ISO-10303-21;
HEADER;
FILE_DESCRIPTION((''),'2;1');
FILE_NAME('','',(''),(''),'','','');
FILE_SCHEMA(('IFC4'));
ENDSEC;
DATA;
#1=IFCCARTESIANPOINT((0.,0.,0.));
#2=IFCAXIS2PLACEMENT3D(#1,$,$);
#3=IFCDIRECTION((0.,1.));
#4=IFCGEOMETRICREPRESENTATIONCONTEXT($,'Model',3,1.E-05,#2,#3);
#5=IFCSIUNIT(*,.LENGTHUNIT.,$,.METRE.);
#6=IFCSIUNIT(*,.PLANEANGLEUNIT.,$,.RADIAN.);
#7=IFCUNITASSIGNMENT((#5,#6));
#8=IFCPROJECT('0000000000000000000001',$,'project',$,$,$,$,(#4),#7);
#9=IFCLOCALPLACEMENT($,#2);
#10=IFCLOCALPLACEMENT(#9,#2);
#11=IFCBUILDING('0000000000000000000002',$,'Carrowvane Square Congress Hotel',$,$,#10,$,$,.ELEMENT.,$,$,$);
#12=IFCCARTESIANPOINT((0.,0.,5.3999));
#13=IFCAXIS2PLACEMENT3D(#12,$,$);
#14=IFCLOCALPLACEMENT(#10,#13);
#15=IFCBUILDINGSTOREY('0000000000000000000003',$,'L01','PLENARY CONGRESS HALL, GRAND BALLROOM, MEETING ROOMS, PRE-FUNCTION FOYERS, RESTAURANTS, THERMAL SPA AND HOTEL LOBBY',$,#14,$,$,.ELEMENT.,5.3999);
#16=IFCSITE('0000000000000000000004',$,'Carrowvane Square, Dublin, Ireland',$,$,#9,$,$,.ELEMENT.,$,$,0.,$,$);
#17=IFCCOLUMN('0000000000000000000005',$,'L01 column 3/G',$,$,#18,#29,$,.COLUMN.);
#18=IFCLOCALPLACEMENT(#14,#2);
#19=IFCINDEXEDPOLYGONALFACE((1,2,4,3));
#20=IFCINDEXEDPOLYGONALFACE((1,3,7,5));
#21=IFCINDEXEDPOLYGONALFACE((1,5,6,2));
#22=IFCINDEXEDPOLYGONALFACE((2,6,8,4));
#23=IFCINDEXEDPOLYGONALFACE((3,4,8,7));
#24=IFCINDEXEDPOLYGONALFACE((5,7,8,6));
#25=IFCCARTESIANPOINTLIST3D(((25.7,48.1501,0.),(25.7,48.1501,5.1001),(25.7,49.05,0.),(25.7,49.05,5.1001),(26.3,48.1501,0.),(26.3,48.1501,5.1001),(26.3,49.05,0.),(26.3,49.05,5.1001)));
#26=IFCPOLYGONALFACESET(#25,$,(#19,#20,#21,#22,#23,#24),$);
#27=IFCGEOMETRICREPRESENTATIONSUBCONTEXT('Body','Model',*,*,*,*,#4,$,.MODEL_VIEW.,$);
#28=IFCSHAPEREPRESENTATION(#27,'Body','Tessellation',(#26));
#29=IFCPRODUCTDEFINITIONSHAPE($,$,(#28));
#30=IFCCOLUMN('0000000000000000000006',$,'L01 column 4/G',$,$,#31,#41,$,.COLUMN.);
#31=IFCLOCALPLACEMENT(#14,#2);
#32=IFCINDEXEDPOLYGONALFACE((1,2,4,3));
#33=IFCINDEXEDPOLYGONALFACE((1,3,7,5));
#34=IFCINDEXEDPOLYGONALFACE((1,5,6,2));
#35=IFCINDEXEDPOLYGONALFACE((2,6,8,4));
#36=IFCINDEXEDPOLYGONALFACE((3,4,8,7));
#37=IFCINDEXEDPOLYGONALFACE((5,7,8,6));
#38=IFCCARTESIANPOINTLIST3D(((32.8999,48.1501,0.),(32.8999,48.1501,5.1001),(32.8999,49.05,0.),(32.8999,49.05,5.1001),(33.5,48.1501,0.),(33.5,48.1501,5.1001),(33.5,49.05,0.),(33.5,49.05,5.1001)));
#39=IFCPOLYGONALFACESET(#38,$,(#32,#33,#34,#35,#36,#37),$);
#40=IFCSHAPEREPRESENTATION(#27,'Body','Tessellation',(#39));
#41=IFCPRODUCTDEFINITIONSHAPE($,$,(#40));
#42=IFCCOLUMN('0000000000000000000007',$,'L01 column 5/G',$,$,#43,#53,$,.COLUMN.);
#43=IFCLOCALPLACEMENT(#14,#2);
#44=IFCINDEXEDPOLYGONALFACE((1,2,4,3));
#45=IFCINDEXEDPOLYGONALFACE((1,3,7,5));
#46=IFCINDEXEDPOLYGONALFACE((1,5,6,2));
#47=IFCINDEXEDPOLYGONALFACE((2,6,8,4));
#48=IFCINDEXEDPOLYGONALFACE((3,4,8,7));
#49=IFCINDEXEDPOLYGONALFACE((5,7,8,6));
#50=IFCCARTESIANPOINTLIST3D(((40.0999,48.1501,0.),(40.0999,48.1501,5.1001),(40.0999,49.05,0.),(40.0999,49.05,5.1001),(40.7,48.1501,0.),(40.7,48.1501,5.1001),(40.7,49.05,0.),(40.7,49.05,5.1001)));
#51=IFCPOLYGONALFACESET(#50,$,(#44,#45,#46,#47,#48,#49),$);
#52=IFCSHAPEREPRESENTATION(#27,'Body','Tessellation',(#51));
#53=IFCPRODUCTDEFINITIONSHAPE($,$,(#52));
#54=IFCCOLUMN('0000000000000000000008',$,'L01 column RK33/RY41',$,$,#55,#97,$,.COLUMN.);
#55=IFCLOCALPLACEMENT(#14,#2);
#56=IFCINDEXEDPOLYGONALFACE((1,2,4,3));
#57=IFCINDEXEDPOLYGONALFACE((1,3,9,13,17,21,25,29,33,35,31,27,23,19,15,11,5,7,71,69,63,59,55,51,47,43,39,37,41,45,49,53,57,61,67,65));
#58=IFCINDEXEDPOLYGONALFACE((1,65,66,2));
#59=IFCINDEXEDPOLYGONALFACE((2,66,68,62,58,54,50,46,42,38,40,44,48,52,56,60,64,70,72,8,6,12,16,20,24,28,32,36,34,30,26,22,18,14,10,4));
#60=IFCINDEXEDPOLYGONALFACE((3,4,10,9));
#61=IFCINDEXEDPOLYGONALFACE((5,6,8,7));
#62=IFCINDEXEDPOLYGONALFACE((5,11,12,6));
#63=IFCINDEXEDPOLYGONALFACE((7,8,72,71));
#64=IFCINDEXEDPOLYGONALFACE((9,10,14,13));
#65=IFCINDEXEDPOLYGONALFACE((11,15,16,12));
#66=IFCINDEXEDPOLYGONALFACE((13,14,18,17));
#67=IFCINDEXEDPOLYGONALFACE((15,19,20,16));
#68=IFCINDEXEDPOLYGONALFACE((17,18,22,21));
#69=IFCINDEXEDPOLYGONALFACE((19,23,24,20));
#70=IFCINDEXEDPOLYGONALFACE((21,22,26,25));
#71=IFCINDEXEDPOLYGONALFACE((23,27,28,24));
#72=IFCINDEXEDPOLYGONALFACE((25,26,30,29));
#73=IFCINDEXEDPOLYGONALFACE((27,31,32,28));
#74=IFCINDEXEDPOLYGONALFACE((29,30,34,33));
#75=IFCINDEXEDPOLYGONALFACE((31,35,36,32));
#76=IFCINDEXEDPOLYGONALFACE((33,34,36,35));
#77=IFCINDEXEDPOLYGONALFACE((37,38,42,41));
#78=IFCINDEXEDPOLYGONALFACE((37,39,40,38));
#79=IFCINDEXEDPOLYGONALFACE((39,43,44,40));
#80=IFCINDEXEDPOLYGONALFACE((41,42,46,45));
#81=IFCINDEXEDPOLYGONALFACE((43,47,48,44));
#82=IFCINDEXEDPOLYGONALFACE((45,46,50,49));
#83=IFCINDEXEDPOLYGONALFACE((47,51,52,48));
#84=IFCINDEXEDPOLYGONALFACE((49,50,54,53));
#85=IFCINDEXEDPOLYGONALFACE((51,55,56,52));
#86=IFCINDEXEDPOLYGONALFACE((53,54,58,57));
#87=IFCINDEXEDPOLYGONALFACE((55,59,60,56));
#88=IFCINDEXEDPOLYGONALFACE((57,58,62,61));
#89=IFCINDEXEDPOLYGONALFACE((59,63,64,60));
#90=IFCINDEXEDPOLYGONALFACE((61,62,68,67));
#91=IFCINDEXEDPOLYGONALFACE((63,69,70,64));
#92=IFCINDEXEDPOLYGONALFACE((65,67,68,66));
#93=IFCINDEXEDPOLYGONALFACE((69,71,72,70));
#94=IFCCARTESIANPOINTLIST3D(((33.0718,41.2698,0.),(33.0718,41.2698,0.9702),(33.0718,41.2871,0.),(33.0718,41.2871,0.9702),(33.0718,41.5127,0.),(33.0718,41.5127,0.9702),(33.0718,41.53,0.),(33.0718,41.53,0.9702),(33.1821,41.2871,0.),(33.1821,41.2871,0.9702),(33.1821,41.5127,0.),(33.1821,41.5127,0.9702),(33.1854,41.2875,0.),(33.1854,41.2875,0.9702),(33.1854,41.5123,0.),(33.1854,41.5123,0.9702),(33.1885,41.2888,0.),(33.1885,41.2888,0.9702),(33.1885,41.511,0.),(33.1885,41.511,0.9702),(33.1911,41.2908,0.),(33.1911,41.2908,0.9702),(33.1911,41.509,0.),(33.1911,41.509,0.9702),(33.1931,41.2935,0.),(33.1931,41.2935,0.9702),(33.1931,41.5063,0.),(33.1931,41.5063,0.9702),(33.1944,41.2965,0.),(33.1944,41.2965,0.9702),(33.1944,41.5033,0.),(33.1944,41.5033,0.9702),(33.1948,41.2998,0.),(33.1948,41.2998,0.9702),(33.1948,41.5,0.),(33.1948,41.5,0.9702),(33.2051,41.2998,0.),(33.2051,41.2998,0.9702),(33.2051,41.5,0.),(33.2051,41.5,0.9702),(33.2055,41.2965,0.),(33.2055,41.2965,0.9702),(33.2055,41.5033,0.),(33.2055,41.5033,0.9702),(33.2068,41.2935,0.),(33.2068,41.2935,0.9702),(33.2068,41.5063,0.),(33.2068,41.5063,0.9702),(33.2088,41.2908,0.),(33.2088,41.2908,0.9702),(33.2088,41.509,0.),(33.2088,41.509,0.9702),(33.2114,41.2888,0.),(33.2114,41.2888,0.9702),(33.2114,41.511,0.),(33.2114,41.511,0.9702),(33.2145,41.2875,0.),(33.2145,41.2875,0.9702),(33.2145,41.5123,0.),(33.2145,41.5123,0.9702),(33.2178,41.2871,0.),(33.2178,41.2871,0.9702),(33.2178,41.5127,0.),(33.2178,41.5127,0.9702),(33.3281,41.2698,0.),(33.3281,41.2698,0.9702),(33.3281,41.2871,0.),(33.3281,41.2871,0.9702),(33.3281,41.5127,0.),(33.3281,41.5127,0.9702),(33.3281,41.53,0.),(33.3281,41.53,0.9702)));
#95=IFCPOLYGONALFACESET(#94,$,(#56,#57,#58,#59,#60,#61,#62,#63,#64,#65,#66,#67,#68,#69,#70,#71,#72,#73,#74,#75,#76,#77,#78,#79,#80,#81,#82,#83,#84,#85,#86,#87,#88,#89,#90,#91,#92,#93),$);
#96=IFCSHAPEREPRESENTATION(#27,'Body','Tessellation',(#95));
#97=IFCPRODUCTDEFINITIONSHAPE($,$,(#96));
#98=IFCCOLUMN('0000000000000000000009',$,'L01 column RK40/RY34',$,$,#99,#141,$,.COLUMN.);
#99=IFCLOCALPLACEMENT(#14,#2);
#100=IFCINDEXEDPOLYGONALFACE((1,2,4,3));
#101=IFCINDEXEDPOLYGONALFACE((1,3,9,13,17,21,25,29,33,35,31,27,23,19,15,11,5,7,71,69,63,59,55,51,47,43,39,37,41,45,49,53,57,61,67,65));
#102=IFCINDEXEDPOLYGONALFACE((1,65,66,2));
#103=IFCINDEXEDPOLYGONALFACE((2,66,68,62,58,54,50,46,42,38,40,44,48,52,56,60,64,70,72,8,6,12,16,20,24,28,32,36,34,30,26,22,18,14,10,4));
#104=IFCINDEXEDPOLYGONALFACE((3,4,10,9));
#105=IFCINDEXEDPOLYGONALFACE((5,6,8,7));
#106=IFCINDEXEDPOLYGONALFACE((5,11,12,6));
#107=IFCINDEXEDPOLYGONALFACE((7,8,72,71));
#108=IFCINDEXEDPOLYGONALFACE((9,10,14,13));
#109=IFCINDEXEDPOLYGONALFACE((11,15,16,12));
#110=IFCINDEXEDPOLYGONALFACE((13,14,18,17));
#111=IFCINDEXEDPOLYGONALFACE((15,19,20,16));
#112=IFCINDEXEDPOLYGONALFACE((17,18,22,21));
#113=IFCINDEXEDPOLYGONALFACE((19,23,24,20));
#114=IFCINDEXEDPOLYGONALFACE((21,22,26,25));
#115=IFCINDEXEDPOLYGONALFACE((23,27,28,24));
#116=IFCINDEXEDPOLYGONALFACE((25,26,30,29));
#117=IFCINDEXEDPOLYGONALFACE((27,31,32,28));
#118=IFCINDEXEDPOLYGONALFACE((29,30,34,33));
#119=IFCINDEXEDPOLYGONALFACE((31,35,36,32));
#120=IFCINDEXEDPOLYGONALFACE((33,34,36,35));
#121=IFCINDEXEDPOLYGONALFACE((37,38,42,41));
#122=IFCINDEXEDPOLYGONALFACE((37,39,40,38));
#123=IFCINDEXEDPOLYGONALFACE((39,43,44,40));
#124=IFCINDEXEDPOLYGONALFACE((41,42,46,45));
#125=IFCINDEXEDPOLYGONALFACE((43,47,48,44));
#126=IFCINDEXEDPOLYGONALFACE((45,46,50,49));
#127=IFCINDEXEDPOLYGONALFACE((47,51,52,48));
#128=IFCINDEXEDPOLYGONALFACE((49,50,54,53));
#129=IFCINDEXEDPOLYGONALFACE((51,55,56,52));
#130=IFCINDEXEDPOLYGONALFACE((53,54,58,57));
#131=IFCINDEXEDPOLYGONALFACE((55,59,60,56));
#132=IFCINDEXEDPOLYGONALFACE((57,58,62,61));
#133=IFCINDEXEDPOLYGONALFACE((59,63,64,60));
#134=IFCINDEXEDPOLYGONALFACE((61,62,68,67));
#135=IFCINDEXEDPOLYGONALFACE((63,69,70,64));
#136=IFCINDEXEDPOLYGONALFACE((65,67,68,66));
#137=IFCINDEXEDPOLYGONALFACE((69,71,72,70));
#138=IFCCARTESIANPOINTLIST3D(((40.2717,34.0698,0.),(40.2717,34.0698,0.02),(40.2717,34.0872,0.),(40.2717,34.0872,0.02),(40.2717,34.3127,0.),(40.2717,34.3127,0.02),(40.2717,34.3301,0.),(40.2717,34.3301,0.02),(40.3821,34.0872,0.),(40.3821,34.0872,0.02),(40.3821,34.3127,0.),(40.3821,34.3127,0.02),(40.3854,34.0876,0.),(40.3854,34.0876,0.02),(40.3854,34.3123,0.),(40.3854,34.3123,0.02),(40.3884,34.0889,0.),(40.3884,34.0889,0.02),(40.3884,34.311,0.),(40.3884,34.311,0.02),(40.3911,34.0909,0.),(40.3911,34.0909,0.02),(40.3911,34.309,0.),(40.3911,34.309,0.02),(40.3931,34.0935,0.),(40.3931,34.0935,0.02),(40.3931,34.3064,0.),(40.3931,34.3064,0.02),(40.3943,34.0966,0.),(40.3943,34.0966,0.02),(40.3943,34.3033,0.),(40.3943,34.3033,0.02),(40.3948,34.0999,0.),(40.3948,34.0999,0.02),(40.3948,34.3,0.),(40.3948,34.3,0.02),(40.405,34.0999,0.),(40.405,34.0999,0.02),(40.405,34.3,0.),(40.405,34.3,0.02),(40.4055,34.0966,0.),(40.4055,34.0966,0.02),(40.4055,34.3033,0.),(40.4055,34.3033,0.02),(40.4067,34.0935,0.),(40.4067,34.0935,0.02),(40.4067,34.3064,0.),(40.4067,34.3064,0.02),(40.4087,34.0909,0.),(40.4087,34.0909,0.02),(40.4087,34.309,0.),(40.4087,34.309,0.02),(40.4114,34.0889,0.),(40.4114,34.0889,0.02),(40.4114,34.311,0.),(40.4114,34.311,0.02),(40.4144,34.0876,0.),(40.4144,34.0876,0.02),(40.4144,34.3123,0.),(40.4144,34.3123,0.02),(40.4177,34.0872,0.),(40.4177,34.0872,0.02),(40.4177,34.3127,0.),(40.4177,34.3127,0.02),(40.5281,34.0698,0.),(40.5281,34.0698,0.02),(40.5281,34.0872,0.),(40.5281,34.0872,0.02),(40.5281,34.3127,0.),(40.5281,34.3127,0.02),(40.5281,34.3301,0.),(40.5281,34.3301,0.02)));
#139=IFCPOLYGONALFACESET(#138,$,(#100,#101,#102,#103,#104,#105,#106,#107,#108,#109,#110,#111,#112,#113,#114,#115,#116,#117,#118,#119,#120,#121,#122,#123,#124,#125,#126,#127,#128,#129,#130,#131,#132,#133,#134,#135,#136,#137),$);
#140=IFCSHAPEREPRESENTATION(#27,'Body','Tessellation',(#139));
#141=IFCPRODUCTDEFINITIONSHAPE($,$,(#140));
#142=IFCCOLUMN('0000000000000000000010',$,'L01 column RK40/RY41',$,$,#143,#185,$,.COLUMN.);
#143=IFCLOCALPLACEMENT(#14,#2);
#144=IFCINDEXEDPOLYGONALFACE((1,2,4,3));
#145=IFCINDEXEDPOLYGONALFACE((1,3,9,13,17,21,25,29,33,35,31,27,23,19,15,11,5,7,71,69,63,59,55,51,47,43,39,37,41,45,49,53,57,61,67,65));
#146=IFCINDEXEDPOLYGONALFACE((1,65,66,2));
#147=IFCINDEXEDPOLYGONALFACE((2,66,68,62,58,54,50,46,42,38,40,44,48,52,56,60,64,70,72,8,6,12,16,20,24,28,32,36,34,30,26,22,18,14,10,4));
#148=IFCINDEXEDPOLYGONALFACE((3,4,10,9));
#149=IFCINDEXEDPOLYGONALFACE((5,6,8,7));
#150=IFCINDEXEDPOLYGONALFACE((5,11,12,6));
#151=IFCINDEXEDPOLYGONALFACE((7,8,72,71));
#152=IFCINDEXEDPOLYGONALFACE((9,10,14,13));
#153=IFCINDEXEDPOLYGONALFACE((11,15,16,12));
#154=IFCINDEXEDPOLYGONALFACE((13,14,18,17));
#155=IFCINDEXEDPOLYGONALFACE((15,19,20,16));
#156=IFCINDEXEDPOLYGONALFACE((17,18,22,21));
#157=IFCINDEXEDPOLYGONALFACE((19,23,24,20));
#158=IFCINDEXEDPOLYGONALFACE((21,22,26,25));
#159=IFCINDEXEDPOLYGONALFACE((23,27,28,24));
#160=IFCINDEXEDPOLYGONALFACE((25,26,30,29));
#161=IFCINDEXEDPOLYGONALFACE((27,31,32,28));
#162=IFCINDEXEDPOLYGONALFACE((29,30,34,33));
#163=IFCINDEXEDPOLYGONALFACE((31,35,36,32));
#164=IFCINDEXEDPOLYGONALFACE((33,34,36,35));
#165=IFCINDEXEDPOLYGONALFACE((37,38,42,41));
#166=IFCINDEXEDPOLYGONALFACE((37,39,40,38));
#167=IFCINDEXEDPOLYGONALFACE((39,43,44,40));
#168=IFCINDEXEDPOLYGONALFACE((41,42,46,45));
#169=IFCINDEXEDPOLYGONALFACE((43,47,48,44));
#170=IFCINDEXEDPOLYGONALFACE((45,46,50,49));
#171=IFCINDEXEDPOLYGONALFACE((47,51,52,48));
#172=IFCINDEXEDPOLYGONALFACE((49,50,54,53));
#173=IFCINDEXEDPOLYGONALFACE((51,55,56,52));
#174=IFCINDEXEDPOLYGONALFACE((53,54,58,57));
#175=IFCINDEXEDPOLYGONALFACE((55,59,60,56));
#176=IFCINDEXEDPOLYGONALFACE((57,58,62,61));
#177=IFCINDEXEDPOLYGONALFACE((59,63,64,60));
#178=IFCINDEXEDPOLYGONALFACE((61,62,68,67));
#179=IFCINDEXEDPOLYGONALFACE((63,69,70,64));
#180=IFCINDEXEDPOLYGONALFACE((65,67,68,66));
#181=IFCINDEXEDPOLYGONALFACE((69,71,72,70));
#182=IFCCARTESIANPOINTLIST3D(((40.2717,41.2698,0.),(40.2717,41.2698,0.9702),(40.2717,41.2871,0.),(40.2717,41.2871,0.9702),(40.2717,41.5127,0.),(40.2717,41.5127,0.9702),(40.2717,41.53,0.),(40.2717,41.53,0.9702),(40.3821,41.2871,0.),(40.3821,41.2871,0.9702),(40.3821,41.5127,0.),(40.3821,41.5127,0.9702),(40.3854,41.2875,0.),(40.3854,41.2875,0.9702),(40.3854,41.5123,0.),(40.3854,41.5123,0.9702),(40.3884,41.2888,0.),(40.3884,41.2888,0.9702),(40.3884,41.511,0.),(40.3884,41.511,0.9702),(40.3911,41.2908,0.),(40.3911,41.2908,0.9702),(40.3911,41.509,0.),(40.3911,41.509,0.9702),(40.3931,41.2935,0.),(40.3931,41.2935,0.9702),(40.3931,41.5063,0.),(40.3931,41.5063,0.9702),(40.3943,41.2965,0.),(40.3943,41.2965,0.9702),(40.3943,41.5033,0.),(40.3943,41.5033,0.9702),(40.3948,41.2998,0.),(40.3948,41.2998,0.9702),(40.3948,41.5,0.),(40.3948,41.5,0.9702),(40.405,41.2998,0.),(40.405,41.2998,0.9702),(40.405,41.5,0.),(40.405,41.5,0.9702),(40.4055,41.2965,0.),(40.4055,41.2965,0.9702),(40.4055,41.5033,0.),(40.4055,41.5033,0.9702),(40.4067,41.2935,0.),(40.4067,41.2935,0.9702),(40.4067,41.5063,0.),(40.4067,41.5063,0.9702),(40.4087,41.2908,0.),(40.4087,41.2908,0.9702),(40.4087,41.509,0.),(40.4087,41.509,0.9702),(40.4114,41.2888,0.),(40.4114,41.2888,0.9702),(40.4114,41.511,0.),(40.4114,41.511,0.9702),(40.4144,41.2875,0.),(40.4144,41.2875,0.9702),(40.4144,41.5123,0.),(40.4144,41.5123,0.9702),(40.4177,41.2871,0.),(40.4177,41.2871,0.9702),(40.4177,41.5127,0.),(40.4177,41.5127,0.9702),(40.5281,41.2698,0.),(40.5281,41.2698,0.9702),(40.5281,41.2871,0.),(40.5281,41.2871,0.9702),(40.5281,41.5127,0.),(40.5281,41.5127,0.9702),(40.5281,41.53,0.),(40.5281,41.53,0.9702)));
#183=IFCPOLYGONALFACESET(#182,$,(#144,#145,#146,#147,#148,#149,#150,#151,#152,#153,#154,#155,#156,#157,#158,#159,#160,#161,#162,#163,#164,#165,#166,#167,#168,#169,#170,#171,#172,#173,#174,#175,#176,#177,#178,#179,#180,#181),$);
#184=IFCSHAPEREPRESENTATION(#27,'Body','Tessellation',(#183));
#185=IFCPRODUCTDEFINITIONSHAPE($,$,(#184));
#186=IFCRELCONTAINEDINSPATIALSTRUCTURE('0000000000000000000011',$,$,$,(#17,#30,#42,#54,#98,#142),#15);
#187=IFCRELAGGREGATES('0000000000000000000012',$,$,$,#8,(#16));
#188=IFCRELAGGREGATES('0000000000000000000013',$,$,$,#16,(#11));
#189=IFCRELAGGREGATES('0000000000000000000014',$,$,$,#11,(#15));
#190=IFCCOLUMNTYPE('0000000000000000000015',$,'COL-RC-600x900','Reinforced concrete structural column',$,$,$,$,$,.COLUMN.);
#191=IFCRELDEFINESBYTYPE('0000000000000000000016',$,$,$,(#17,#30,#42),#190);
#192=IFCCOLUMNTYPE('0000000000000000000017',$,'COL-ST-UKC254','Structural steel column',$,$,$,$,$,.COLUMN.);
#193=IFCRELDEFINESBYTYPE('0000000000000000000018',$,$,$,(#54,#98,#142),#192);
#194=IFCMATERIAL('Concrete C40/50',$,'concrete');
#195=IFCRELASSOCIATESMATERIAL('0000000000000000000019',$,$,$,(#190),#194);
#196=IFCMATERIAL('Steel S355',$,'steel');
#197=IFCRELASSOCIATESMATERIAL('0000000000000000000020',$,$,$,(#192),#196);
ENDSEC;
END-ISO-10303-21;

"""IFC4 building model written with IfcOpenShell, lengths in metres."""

from ifc_helpers import new_model, si_unit, direction, frame, origin, origin_2d, place, context, subcontext, project, spatial, rectangle, i_section, extrude, material, material_profile, profile_set, type_object, element, save


model = new_model("IFC4")

# Units and contexts
model_context = context("Model", 3, precision=1e-05, world=origin(), true_north=direction((0.0, 1.0)))
body_context = subcontext(model_context, "Body", "Model", "MODEL_VIEW")
ifc_project = project(units=[si_unit("LENGTHUNIT", "METRE"), si_unit("PLANEANGLEUNIT", "RADIAN")], contexts=[model_context])

# Site, building, storey
site_placement = place(None, origin())
site = spatial("IfcSite", under=ifc_project, at=site_placement, Name="Carrowvane Square, Dublin, Ireland", CompositionType="ELEMENT", RefElevation=0.0)
building_placement = place(site_placement, origin())
building = spatial("IfcBuilding", under=site, at=building_placement, Name="Carrowvane Square Congress Hotel", CompositionType="ELEMENT")
storey_placement = place(building_placement, frame((0.0, 0.0, 5.3999)))
storey = spatial("IfcBuildingStorey", under=building, at=storey_placement, Name="L01", Description="PLENARY CONGRESS HALL, GRAND BALLROOM, MEETING ROOMS, PRE-FUNCTION FOYERS, RESTAURANTS, THERMAL SPA AND HOTEL LOBBY", CompositionType="ELEMENT", Elevation=5.3999)

# Columns
ifc_material_1 = material(Name="Concrete C40/50", Category="concrete")
ifc_material_profile_1 = material_profile(ifc_material_1, rectangle(XDim=0.6001, YDim=0.8999, at=origin_2d()), Name="RC 600x900")
ifc_profile_set_1 = profile_set([ifc_material_profile_1], Name="Concrete C40/50")
column_type_1 = type_object("IfcColumnType", Name="COL-RC-600x900", Description="Reinforced concrete structural column", PredefinedType="COLUMN", material=ifc_profile_set_1)
for number, where, z_axis, x_axis, name in (
    (1, (26.0, 48.6001, 0.0), (0.0, 0.0, 1.0), (1.0, 0.0, 0.0), "L01 column 3/G"),
    (2, (33.2, 48.6001, 0.0), (0.0, 0.0, 1.0), (1.0, 0.0, 0.0), "L01 column 4/G"),
    (3, (40.3999, 48.6001, 0.0), (0.0, 0.0, 1.0), (1.0, 0.0, 0.0), "L01 column 5/G"),
):
    element("IfcColumn", number, at=place(storey_placement, frame(where, z_axis=z_axis, x_axis=x_axis)), inside=storey, type_object=column_type_1, Name=name, PredefinedType="COLUMN", context=body_context, shape_type="SweptSolid", body=[
        extrude(rectangle(XDim=0.6001, YDim=0.8999, at=origin_2d()), origin(), (0.0, 0.0, 1.0), 5.1001),
    ])
ifc_material_2 = material(Name="Steel S355", Category="steel")
ifc_material_profile_2 = material_profile(ifc_material_2, i_section(OverallWidth=0.2563, OverallDepth=0.2603, WebThickness=0.0103, FlangeThickness=0.0173, FilletRadius=0.0127, at=origin_2d()), Name="UKC 254x254x89")
ifc_profile_set_2 = profile_set([ifc_material_profile_2], Name="Steel S355")
column_type_2 = type_object("IfcColumnType", Name="COL-ST-UKC254", Description="Structural steel column", PredefinedType="COLUMN", material=ifc_profile_set_2)
column_1_placement = place(storey_placement, frame((33.2, 41.3999, 0.0), z_axis=(0.0, 0.0, 1.0), x_axis=(1.0, 0.0, 0.0)))
element("IfcColumn", 4, at=column_1_placement, inside=storey, type_object=column_type_2, Name="L01 column RK33/RY41", PredefinedType="COLUMN", context=body_context, shape_type="SweptSolid", body=[
    extrude(i_section(OverallWidth=0.2563, OverallDepth=0.2603, WebThickness=0.0103, FlangeThickness=0.0173, FilletRadius=0.0127, at=origin_2d()), origin(), (0.0, 0.0, 1.0), 0.9702),
])
column_2_placement = place(storey_placement, frame((40.3999, 34.2, 0.0), z_axis=(0.0, 0.0, 1.0), x_axis=(1.0, 0.0, 0.0)))
element("IfcColumn", 5, at=column_2_placement, inside=storey, type_object=column_type_2, Name="L01 column RK40/RY34", PredefinedType="COLUMN", context=body_context, shape_type="SweptSolid", body=[
    extrude(i_section(OverallWidth=0.2563, OverallDepth=0.2603, WebThickness=0.0103, FlangeThickness=0.0173, FilletRadius=0.0127, at=origin_2d()), origin(), (0.0, 0.0, 1.0), 0.02),
])
column_3_placement = place(storey_placement, frame((40.3999, 41.3999, 0.0), z_axis=(0.0, 0.0, 1.0), x_axis=(1.0, 0.0, 0.0)))
element("IfcColumn", 6, at=column_3_placement, inside=storey, type_object=column_type_2, Name="L01 column RK40/RY41", PredefinedType="COLUMN", context=body_context, shape_type="SweptSolid", body=[
    extrude(i_section(OverallWidth=0.2563, OverallDepth=0.2603, WebThickness=0.0103, FlangeThickness=0.0173, FilletRadius=0.0127, at=origin_2d()), origin(), (0.0, 0.0, 1.0), 0.9702),
])

save(model, "model.ifc")
